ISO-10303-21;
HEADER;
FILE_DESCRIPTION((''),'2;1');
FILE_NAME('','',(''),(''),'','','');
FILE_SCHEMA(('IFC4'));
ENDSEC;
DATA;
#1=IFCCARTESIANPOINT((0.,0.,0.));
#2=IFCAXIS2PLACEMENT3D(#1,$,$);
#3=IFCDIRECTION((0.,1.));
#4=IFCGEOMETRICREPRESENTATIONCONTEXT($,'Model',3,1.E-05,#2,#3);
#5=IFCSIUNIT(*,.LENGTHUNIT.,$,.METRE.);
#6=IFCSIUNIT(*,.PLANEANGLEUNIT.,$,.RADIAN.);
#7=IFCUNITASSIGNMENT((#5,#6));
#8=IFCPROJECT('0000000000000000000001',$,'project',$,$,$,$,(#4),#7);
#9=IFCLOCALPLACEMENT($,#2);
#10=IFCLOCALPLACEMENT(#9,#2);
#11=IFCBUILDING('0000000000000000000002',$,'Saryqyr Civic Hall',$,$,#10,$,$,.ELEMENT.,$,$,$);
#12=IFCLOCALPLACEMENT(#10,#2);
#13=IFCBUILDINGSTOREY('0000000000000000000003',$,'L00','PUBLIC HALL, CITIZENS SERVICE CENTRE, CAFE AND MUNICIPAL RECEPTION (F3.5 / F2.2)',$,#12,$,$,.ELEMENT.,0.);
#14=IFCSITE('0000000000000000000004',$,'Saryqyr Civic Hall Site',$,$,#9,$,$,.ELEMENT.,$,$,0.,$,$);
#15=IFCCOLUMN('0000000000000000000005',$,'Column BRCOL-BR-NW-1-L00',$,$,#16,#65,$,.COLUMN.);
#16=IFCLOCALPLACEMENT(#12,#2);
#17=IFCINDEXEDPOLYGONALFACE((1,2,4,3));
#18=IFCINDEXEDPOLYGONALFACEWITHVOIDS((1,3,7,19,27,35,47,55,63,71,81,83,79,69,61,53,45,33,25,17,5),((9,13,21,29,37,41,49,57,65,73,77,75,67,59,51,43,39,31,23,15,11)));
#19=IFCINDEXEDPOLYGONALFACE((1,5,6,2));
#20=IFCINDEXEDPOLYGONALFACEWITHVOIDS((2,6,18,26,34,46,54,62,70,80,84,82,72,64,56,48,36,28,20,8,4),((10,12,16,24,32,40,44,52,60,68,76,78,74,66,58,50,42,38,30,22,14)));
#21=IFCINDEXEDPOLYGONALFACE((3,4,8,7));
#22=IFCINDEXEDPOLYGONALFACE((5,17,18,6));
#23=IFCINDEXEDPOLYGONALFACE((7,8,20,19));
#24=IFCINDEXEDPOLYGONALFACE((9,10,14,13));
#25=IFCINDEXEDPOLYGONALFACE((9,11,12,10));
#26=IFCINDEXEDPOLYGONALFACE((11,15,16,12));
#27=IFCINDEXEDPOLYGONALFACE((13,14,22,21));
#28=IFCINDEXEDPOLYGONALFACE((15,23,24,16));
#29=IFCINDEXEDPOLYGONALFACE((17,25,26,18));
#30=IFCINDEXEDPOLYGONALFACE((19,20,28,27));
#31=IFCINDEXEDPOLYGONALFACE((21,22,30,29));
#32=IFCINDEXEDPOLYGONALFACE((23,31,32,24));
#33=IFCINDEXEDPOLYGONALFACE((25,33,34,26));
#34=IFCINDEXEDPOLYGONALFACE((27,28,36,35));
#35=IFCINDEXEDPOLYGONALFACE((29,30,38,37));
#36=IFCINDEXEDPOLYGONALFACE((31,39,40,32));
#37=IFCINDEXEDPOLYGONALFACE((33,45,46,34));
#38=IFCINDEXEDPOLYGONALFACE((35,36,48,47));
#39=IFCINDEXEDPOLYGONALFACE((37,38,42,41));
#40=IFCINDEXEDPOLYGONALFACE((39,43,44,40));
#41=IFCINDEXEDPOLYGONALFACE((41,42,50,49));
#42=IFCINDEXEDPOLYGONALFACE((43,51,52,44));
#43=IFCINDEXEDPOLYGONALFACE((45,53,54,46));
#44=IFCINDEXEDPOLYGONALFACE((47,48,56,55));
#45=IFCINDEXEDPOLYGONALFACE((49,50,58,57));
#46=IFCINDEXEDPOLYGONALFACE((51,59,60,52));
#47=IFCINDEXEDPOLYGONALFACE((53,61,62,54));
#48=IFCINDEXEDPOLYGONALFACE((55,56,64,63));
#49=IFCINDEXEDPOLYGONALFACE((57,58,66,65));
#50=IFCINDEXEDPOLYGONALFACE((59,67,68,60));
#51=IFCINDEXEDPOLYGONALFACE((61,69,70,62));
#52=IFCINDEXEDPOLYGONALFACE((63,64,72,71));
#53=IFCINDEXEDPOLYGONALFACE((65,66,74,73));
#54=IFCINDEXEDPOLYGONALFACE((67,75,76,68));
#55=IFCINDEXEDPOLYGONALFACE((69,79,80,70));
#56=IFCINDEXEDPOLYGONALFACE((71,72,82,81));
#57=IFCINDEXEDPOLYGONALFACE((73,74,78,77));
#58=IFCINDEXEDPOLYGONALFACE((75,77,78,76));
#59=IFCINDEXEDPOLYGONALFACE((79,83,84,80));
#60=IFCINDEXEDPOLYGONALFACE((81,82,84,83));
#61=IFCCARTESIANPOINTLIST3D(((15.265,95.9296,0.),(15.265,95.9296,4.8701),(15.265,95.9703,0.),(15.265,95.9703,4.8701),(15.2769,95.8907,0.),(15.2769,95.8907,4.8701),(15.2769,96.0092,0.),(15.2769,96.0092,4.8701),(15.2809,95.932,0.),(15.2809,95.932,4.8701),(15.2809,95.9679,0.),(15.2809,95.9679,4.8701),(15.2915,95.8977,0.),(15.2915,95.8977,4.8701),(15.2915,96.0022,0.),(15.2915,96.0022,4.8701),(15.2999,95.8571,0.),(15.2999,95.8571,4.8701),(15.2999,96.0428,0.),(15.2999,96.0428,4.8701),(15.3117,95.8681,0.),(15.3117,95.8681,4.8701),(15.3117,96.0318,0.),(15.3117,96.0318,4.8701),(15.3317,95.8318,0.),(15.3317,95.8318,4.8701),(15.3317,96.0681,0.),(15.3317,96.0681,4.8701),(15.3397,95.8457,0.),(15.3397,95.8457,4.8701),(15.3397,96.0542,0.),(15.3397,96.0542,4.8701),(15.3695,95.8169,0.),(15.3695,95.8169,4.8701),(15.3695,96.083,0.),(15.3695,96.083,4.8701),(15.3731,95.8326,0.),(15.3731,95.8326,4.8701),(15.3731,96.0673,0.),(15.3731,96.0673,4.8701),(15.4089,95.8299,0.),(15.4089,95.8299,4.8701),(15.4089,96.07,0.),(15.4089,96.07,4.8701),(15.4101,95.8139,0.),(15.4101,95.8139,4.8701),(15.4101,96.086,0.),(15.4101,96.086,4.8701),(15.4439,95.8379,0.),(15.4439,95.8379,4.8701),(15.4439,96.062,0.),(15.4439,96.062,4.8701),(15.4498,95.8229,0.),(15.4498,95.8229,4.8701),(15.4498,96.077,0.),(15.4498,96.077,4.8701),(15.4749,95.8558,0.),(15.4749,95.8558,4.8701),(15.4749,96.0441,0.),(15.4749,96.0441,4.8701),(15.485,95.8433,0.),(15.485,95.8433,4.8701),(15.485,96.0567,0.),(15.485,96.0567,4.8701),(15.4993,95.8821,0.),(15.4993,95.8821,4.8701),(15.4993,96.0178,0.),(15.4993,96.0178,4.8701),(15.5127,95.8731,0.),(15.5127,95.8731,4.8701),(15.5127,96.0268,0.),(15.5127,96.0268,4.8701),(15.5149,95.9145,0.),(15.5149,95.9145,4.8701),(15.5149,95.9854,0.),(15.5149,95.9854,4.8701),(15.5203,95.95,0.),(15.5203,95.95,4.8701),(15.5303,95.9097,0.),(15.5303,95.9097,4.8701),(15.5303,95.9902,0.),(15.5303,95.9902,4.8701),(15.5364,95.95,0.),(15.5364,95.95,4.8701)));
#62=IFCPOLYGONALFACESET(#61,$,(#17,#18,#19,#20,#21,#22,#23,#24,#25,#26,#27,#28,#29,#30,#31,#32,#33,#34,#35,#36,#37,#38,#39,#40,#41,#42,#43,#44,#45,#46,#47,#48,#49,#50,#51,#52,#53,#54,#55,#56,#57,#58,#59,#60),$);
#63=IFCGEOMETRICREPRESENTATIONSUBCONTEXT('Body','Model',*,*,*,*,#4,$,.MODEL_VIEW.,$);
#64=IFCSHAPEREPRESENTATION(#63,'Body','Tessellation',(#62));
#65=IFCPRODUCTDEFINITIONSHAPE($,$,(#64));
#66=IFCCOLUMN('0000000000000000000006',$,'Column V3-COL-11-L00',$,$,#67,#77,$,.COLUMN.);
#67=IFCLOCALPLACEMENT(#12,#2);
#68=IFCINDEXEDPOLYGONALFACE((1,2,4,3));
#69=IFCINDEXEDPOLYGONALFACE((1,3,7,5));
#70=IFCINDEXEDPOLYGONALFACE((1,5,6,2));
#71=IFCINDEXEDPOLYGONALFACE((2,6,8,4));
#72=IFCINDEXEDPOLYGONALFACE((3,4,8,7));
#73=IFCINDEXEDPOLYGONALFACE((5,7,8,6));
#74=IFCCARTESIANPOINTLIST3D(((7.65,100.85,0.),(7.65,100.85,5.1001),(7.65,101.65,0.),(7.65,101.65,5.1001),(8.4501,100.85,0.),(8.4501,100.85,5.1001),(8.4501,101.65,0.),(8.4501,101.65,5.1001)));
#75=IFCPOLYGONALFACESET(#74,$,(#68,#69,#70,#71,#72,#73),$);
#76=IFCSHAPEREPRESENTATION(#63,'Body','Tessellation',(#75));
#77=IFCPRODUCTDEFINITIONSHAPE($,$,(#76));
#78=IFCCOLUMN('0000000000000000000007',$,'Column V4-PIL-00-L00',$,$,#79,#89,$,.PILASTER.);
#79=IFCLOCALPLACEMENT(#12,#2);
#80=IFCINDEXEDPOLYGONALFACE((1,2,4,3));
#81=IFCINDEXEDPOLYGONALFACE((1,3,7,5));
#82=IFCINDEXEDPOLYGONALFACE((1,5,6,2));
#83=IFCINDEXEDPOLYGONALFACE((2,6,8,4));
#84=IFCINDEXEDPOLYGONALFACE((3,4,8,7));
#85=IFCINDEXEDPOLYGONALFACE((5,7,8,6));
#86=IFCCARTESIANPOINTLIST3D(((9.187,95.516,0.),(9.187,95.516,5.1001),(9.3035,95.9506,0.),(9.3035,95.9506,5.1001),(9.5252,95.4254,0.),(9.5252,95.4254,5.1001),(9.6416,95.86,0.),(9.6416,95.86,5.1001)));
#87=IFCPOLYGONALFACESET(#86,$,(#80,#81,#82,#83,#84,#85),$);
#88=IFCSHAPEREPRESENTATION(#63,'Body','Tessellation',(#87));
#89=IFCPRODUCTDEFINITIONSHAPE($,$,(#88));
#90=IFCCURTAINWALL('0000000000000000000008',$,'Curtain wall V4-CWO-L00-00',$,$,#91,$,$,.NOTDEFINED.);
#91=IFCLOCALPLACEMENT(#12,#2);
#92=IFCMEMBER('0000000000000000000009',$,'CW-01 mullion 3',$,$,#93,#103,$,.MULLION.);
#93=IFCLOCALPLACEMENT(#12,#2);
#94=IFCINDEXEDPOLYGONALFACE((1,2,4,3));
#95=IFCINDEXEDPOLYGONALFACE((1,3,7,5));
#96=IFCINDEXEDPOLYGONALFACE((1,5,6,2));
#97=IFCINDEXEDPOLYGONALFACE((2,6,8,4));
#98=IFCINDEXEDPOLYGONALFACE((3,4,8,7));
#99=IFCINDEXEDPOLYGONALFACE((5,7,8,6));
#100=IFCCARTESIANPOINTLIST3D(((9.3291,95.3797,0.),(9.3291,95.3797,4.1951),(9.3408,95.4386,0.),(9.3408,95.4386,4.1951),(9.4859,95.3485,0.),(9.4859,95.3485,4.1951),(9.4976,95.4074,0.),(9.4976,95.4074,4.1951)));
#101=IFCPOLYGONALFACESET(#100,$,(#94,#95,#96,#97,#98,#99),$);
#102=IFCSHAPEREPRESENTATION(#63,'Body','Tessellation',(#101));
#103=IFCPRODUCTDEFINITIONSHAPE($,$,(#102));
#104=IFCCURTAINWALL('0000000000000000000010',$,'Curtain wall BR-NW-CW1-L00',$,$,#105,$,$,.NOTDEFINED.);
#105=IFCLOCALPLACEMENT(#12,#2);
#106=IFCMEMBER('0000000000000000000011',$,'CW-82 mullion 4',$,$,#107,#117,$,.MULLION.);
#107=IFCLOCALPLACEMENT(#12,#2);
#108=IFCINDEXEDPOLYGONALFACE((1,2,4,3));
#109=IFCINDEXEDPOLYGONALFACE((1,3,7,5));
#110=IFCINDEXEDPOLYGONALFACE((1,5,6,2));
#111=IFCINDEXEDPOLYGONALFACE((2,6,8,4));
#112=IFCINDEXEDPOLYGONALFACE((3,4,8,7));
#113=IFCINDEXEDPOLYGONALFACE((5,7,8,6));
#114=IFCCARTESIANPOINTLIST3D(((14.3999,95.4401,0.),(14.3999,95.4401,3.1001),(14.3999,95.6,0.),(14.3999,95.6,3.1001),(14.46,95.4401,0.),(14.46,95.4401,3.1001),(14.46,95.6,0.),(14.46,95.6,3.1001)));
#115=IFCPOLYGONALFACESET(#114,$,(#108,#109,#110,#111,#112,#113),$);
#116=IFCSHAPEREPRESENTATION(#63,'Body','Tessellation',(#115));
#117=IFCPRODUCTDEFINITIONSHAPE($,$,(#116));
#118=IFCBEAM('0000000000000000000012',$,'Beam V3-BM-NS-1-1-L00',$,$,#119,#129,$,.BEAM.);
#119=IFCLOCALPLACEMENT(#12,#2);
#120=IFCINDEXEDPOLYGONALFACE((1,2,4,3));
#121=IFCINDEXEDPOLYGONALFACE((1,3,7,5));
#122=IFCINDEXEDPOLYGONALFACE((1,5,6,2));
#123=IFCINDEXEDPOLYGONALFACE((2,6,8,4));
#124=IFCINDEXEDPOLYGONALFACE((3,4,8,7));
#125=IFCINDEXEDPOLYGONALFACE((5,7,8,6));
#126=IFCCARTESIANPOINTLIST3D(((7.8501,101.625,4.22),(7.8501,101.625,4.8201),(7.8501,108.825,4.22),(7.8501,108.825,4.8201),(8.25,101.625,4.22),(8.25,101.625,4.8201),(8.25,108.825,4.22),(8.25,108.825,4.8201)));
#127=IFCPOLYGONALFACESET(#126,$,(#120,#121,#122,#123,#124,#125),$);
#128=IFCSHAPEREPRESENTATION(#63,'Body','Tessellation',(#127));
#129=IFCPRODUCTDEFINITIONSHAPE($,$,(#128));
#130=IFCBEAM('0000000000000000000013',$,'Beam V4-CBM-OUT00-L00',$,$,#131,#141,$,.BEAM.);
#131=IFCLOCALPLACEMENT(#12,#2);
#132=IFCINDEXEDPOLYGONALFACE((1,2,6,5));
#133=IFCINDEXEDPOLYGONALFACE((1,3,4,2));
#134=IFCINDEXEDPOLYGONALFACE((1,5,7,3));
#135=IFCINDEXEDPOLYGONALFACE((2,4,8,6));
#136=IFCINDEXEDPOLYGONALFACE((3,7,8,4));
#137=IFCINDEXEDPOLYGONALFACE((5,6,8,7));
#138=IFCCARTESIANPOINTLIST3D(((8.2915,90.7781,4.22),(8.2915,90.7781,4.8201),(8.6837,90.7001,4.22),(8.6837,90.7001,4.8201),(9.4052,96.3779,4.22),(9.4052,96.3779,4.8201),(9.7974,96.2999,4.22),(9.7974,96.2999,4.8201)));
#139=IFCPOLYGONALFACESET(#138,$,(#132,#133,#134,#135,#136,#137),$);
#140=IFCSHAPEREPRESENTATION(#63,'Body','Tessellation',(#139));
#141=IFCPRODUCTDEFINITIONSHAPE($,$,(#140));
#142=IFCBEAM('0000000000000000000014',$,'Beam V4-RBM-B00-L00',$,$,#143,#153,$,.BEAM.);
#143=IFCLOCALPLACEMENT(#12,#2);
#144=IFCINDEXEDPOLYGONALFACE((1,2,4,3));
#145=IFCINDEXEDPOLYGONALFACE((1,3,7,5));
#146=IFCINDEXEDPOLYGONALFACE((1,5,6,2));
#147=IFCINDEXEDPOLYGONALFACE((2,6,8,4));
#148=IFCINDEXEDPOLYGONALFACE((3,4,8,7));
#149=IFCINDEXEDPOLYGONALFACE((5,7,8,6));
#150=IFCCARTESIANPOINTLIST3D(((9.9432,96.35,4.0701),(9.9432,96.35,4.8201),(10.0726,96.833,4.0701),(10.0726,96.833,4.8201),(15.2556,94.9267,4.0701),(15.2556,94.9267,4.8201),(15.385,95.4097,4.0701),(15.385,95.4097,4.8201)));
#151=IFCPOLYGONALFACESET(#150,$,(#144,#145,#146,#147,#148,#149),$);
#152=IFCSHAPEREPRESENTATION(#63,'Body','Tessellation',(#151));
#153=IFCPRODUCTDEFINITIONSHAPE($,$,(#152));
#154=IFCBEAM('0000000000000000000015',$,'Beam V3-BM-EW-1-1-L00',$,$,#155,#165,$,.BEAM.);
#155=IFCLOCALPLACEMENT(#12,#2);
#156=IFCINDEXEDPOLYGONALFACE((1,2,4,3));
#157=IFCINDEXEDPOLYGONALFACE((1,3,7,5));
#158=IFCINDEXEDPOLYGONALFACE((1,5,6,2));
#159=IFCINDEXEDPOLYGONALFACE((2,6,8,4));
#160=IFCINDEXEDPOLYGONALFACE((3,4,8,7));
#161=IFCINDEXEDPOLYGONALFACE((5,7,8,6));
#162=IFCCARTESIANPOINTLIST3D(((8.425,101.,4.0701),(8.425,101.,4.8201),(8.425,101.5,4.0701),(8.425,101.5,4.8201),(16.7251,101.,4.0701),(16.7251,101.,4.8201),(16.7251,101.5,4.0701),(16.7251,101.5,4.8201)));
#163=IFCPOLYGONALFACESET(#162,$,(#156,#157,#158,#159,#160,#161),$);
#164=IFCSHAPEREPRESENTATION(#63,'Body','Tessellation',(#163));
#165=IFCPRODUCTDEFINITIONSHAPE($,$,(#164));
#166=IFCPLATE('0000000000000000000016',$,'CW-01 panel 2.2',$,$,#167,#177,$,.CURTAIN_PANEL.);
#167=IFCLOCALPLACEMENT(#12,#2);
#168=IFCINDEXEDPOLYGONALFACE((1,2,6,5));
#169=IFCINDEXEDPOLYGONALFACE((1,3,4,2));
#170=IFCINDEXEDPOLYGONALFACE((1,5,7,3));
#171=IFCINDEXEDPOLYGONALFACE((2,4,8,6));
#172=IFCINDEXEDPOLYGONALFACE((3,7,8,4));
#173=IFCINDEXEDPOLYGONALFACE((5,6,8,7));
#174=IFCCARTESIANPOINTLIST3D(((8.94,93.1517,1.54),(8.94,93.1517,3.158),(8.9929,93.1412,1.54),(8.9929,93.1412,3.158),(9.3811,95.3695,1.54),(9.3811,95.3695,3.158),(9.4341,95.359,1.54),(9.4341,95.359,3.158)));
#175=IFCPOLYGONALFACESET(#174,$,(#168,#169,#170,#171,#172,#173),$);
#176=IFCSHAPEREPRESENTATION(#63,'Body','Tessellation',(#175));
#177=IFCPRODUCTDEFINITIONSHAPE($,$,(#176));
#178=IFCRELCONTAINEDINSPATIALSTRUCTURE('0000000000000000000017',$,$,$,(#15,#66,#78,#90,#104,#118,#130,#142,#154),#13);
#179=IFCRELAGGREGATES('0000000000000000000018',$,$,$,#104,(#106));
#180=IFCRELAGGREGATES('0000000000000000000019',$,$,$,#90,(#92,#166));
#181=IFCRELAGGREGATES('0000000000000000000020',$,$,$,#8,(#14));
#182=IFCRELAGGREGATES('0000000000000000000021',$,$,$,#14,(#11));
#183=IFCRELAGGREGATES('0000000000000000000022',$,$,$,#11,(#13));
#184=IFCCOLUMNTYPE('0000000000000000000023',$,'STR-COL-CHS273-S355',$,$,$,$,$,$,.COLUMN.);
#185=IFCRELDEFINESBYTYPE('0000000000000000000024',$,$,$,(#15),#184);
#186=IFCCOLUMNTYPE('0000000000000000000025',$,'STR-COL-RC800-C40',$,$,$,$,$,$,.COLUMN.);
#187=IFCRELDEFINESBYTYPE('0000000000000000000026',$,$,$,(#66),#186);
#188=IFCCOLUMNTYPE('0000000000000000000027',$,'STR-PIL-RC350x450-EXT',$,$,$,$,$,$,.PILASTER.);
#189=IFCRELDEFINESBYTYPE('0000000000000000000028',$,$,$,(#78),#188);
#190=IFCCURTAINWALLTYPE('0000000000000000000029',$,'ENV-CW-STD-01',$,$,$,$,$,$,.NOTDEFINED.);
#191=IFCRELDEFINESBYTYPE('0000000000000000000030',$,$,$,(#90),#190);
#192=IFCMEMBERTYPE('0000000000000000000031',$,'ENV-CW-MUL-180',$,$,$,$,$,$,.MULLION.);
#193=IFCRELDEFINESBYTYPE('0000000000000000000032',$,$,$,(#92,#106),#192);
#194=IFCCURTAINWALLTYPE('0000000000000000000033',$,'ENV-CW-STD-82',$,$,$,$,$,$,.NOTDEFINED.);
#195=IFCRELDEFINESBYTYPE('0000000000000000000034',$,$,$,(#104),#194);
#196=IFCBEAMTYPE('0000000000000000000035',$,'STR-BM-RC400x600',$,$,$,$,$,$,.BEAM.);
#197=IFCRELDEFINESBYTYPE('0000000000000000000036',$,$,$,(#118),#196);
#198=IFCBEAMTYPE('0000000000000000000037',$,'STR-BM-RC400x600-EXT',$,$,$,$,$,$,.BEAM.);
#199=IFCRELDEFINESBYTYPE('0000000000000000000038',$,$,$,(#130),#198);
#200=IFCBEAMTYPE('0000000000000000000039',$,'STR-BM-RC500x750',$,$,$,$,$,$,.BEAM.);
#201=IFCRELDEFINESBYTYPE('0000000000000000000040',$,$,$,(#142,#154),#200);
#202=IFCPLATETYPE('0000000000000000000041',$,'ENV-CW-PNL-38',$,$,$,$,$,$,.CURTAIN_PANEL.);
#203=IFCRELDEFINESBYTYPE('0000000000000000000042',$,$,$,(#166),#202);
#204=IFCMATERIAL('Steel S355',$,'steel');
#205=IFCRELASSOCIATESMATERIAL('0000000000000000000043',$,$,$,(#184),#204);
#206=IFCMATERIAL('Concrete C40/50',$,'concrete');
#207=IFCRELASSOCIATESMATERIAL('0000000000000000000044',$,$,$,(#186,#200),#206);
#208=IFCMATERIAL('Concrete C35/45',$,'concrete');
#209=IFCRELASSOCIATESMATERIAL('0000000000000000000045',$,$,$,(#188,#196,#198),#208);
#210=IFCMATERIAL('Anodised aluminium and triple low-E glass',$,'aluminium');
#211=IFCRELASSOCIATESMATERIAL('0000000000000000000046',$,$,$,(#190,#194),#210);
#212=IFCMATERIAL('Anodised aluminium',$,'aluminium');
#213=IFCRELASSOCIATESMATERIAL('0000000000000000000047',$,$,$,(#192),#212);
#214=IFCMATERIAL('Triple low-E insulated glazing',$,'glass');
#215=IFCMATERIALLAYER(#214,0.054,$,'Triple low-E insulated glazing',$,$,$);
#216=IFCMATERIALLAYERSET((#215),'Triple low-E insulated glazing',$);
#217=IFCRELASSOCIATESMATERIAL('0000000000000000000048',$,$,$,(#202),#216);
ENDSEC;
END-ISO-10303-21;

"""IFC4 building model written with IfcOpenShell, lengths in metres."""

from ifc_helpers import new_model, si_unit, direction, frame, origin, origin_2d, place, context, subcontext, project, spatial, rectangle, hollow_circle, extrude, material, layer, layer_set, material_profile, profile_set, type_object, element, aggregate, save


model = new_model("IFC4")

# Units and contexts
model_context = context("Model", 3, precision=1e-05, world=origin(), true_north=direction((0.0, 1.0)))
body_context = subcontext(model_context, "Body", "Model", "MODEL_VIEW")
ifc_project = project(units=[si_unit("LENGTHUNIT", "METRE"), si_unit("PLANEANGLEUNIT", "RADIAN")], contexts=[model_context])

# Site, building, storey
site_placement = place(None, origin())
site = spatial("IfcSite", under=ifc_project, at=site_placement, Name="Saryqyr Civic Hall Site", CompositionType="ELEMENT", RefElevation=0.0)
building_placement = place(site_placement, origin())
building = spatial("IfcBuilding", under=site, at=building_placement, Name="Saryqyr Civic Hall", CompositionType="ELEMENT")
storey_placement = place(building_placement, origin())
storey = spatial("IfcBuildingStorey", under=building, at=storey_placement, Name="L00", Description="PUBLIC HALL, CITIZENS SERVICE CENTRE, CAFE AND MUNICIPAL RECEPTION (F3.5 / F2.2)", CompositionType="ELEMENT", Elevation=0.0)

# Columns
ifc_material_1 = material(Name="Steel S355", Category="steel")
ifc_material_profile_1 = material_profile(ifc_material_1, hollow_circle(Radius=0.1365, WallThickness=0.0161, at=origin_2d()), Name="CHS 273x16")
ifc_profile_set_1 = profile_set([ifc_material_profile_1], Name="Steel S355")
column_type_1 = type_object("IfcColumnType", Name="STR-COL-CHS273-S355", PredefinedType="COLUMN", material=ifc_profile_set_1)
column_1_placement = place(storey_placement, frame((15.3999, 95.95, 0.0), z_axis=(0.0, 0.0, 1.0), x_axis=(1.0, 0.0, 0.0)))
element("IfcColumn", 1, at=column_1_placement, inside=storey, type_object=column_type_1, Name="Column BRCOL-BR-NW-1-L00", PredefinedType="COLUMN", context=body_context, shape_type="SweptSolid", body=[
    extrude(hollow_circle(Radius=0.1365, WallThickness=0.0161, at=origin_2d()), origin(), (0.0, 0.0, 1.0), 4.8701),
])
ifc_material_2 = material(Name="Concrete C40/50", Category="concrete")
ifc_material_profile_2 = material_profile(ifc_material_2, rectangle(XDim=0.8, YDim=0.8, at=origin_2d()), Name="RC 800x800")
ifc_profile_set_2 = profile_set([ifc_material_profile_2], Name="Concrete C40/50")
column_type_2 = type_object("IfcColumnType", Name="STR-COL-RC800-C40", PredefinedType="COLUMN", material=ifc_profile_set_2)
column_2_placement = place(storey_placement, frame((8.05, 101.25, 0.0), z_axis=(0.0, 0.0, 1.0), x_axis=(1.0, 0.0, 0.0)))
element("IfcColumn", 2, at=column_2_placement, inside=storey, type_object=column_type_2, Name="Column V3-COL-11-L00", PredefinedType="COLUMN", context=body_context, shape_type="SweptSolid", body=[
    extrude(rectangle(XDim=0.8, YDim=0.8, at=origin_2d()), origin(), (0.0, 0.0, 1.0), 5.1001),
])
ifc_material_3 = material(Name="Concrete C35/45", Category="concrete")
ifc_material_profile_3 = material_profile(ifc_material_3, rectangle(XDim=0.3501, YDim=0.45, at=origin_2d()), Name="RC 350x450")
ifc_profile_set_3 = profile_set([ifc_material_profile_3], Name="Concrete C35/45")
column_type_3 = type_object("IfcColumnType", Name="STR-PIL-RC350x450-EXT", PredefinedType="PILASTER", material=ifc_profile_set_3)
column_3_placement = place(storey_placement, frame((9.4143, 95.688, 0.0), z_axis=(0.0, 0.0, 1.0), x_axis=(-0.965926, 0.258819, 0.0)))
element("IfcColumn", 3, at=column_3_placement, inside=storey, type_object=column_type_3, Name="Column V4-PIL-00-L00", PredefinedType="PILASTER", context=body_context, shape_type="SweptSolid", body=[
    extrude(rectangle(XDim=0.3501, YDim=0.45, at=origin_2d()), origin(), (0.0, 0.0, 1.0), 5.1001),
])

# Curtain walls, members
ifc_material_4 = material(Name="Anodised aluminium and triple low-E glass", Category="aluminium")
curtain_wall_type_1 = type_object("IfcCurtainWallType", Name="ENV-CW-STD-01", PredefinedType="NOTDEFINED", material=ifc_material_4)
curtain_wall_1_placement = place(storey_placement, origin())
curtain_wall_1 = element("IfcCurtainWall", 4, at=curtain_wall_1_placement, inside=storey, type_object=curtain_wall_type_1, Name="Curtain wall V4-CWO-L00-00", PredefinedType="NOTDEFINED")
ifc_material_5 = material(Name="Anodised aluminium", Category="aluminium")
ifc_material_profile_4 = material_profile(ifc_material_5, rectangle(XDim=0.0601, YDim=0.1599, at=origin_2d()), Name="ALU MULLION 60x160")
ifc_profile_set_4 = profile_set([ifc_material_profile_4], Name="Anodised aluminium")
member_type = type_object("IfcMemberType", Name="ENV-CW-MUL-180", PredefinedType="MULLION", material=ifc_profile_set_4)
member_1_placement = place(storey_placement, frame((9.4133, 95.3936, 0.0), z_axis=(0.0, 0.0, 1.0), x_axis=(0.195102, 0.980783, 0.0)))
member_1 = element("IfcMember", 5, at=member_1_placement, type_object=member_type, Name="CW-01 mullion 3", PredefinedType="MULLION", context=body_context, shape_type="SweptSolid", body=[
    extrude(rectangle(XDim=0.0601, YDim=0.1599, at=origin_2d()), origin(), (0.0, 0.0, 1.0), 4.1951),
])
curtain_wall_type_2 = type_object("IfcCurtainWallType", Name="ENV-CW-STD-82", PredefinedType="NOTDEFINED", material=ifc_material_4)
curtain_wall_2_placement = place(storey_placement, origin())
curtain_wall_2 = element("IfcCurtainWall", 6, at=curtain_wall_2_placement, inside=storey, type_object=curtain_wall_type_2, Name="Curtain wall BR-NW-CW1-L00", PredefinedType="NOTDEFINED")
member_2_placement = place(storey_placement, frame((14.4299, 95.52, 0.0), z_axis=(0.0, 0.0, 1.0), x_axis=(-1.0, 0.0, 0.0)))
member_2 = element("IfcMember", 7, at=member_2_placement, type_object=member_type, Name="CW-82 mullion 4", PredefinedType="MULLION", context=body_context, shape_type="SweptSolid", body=[
    extrude(rectangle(XDim=0.0601, YDim=0.1599, at=origin_2d()), origin(), (0.0, 0.0, 1.0), 3.1001),
])
aggregate(curtain_wall_2, [member_2])

# Beams
ifc_material_profile_5 = material_profile(ifc_material_3, rectangle(XDim=0.3999, YDim=0.6001, at=origin_2d()), Name="RC 400x600")
ifc_profile_set_5 = profile_set([ifc_material_profile_5], Name="Concrete C35/45")
beam_type_1 = type_object("IfcBeamType", Name="STR-BM-RC400x600", PredefinedType="BEAM", material=ifc_profile_set_5)
beam_1_placement = place(storey_placement, frame((8.05, 101.625, 4.52), z_axis=(0.0, 1.0, 0.0), x_axis=(-1.0, 0.0, 0.0)))
element("IfcBeam", 8, at=beam_1_placement, inside=storey, type_object=beam_type_1, Name="Beam V3-BM-NS-1-1-L00", PredefinedType="BEAM", context=body_context, shape_type="SweptSolid", body=[
    extrude(rectangle(XDim=0.3999, YDim=0.6001, at=origin_2d()), origin(), (0.0, 0.0, 1.0), 7.2),
])
ifc_material_profile_6 = material_profile(ifc_material_3, rectangle(XDim=0.3999, YDim=0.6001, at=origin_2d()), Name="RC 400x600")
ifc_profile_set_6 = profile_set([ifc_material_profile_6], Name="Concrete C35/45")
beam_type_2 = type_object("IfcBeamType", Name="STR-BM-RC400x600-EXT", PredefinedType="BEAM", material=ifc_profile_set_6)
beam_2_placement = place(storey_placement, frame((9.6013, 96.3389, 4.52), z_axis=(-0.195072, -0.980789, 0.0), x_axis=(0.980789, -0.195072, 0.0)))
element("IfcBeam", 9, at=beam_2_placement, inside=storey, type_object=beam_type_2, Name="Beam V4-CBM-OUT00-L00", PredefinedType="BEAM", context=body_context, shape_type="SweptSolid", body=[
    extrude(rectangle(XDim=0.3999, YDim=0.6001, at=origin_2d()), origin(), (0.0, 0.0, 1.0), 5.7095),
])
ifc_material_profile_7 = material_profile(ifc_material_2, rectangle(XDim=0.5, YDim=0.75, at=origin_2d()), Name="RC 500x750")
ifc_profile_set_7 = profile_set([ifc_material_profile_7], Name="Concrete C40/50")
beam_type_3 = type_object("IfcBeamType", Name="STR-BM-RC500x750", PredefinedType="BEAM", material=ifc_profile_set_7)
beam_3_placement = place(storey_placement, frame((15.3203, 95.1682, 4.4451), z_axis=(-0.965932, 0.258795, 0.0), x_axis=(-0.258795, -0.965932, 0.0)))
element("IfcBeam", 10, at=beam_3_placement, inside=storey, type_object=beam_type_3, Name="Beam V4-RBM-B00-L00", PredefinedType="BEAM", context=body_context, shape_type="SweptSolid", body=[
    extrude(rectangle(XDim=0.5, YDim=0.75, at=origin_2d()), origin(), (0.0, 0.0, 1.0), 5.4998),
])
beam_4_placement = place(storey_placement, frame((8.425, 101.25, 4.4451), z_axis=(1.0, 0.0, 0.0), x_axis=(0.0, 1.0, 0.0)))
element("IfcBeam", 11, at=beam_4_placement, inside=storey, type_object=beam_type_3, Name="Beam V3-BM-EW-1-1-L00", PredefinedType="BEAM", context=body_context, shape_type="SweptSolid", body=[
    extrude(rectangle(XDim=0.5, YDim=0.75, at=origin_2d()), origin(), (0.0, 0.0, 1.0), 8.3),
])

# Plate
ifc_material_6 = material(Name="Triple low-E insulated glazing", Category="glass")
ifc_layer_1 = layer(ifc_material_6, 0.054, Name="Triple low-E insulated glazing")
ifc_layer_set_1 = layer_set([ifc_layer_1], Name="Triple low-E insulated glazing")
plate_type = type_object("IfcPlateType", Name="ENV-CW-PNL-38", PredefinedType="CURTAIN_PANEL", material=ifc_layer_set_1)
plate_1_placement = place(storey_placement, frame((9.187, 94.2554, 1.54), z_axis=(0.0, 0.0, 1.0), x_axis=(0.195102, 0.980783, 0.0)))
plate_1 = element("IfcPlate", 12, at=plate_1_placement, type_object=plate_type, Name="CW-01 panel 2.2", PredefinedType="CURTAIN_PANEL", context=body_context, shape_type="SweptSolid", body=[
    extrude(rectangle(XDim=2.2612, YDim=0.054, at=origin_2d()), origin(), (0.0, 0.0, 1.0), 1.6179),
])
aggregate(curtain_wall_1, [member_1, plate_1])

save(model, "model.ifc")
